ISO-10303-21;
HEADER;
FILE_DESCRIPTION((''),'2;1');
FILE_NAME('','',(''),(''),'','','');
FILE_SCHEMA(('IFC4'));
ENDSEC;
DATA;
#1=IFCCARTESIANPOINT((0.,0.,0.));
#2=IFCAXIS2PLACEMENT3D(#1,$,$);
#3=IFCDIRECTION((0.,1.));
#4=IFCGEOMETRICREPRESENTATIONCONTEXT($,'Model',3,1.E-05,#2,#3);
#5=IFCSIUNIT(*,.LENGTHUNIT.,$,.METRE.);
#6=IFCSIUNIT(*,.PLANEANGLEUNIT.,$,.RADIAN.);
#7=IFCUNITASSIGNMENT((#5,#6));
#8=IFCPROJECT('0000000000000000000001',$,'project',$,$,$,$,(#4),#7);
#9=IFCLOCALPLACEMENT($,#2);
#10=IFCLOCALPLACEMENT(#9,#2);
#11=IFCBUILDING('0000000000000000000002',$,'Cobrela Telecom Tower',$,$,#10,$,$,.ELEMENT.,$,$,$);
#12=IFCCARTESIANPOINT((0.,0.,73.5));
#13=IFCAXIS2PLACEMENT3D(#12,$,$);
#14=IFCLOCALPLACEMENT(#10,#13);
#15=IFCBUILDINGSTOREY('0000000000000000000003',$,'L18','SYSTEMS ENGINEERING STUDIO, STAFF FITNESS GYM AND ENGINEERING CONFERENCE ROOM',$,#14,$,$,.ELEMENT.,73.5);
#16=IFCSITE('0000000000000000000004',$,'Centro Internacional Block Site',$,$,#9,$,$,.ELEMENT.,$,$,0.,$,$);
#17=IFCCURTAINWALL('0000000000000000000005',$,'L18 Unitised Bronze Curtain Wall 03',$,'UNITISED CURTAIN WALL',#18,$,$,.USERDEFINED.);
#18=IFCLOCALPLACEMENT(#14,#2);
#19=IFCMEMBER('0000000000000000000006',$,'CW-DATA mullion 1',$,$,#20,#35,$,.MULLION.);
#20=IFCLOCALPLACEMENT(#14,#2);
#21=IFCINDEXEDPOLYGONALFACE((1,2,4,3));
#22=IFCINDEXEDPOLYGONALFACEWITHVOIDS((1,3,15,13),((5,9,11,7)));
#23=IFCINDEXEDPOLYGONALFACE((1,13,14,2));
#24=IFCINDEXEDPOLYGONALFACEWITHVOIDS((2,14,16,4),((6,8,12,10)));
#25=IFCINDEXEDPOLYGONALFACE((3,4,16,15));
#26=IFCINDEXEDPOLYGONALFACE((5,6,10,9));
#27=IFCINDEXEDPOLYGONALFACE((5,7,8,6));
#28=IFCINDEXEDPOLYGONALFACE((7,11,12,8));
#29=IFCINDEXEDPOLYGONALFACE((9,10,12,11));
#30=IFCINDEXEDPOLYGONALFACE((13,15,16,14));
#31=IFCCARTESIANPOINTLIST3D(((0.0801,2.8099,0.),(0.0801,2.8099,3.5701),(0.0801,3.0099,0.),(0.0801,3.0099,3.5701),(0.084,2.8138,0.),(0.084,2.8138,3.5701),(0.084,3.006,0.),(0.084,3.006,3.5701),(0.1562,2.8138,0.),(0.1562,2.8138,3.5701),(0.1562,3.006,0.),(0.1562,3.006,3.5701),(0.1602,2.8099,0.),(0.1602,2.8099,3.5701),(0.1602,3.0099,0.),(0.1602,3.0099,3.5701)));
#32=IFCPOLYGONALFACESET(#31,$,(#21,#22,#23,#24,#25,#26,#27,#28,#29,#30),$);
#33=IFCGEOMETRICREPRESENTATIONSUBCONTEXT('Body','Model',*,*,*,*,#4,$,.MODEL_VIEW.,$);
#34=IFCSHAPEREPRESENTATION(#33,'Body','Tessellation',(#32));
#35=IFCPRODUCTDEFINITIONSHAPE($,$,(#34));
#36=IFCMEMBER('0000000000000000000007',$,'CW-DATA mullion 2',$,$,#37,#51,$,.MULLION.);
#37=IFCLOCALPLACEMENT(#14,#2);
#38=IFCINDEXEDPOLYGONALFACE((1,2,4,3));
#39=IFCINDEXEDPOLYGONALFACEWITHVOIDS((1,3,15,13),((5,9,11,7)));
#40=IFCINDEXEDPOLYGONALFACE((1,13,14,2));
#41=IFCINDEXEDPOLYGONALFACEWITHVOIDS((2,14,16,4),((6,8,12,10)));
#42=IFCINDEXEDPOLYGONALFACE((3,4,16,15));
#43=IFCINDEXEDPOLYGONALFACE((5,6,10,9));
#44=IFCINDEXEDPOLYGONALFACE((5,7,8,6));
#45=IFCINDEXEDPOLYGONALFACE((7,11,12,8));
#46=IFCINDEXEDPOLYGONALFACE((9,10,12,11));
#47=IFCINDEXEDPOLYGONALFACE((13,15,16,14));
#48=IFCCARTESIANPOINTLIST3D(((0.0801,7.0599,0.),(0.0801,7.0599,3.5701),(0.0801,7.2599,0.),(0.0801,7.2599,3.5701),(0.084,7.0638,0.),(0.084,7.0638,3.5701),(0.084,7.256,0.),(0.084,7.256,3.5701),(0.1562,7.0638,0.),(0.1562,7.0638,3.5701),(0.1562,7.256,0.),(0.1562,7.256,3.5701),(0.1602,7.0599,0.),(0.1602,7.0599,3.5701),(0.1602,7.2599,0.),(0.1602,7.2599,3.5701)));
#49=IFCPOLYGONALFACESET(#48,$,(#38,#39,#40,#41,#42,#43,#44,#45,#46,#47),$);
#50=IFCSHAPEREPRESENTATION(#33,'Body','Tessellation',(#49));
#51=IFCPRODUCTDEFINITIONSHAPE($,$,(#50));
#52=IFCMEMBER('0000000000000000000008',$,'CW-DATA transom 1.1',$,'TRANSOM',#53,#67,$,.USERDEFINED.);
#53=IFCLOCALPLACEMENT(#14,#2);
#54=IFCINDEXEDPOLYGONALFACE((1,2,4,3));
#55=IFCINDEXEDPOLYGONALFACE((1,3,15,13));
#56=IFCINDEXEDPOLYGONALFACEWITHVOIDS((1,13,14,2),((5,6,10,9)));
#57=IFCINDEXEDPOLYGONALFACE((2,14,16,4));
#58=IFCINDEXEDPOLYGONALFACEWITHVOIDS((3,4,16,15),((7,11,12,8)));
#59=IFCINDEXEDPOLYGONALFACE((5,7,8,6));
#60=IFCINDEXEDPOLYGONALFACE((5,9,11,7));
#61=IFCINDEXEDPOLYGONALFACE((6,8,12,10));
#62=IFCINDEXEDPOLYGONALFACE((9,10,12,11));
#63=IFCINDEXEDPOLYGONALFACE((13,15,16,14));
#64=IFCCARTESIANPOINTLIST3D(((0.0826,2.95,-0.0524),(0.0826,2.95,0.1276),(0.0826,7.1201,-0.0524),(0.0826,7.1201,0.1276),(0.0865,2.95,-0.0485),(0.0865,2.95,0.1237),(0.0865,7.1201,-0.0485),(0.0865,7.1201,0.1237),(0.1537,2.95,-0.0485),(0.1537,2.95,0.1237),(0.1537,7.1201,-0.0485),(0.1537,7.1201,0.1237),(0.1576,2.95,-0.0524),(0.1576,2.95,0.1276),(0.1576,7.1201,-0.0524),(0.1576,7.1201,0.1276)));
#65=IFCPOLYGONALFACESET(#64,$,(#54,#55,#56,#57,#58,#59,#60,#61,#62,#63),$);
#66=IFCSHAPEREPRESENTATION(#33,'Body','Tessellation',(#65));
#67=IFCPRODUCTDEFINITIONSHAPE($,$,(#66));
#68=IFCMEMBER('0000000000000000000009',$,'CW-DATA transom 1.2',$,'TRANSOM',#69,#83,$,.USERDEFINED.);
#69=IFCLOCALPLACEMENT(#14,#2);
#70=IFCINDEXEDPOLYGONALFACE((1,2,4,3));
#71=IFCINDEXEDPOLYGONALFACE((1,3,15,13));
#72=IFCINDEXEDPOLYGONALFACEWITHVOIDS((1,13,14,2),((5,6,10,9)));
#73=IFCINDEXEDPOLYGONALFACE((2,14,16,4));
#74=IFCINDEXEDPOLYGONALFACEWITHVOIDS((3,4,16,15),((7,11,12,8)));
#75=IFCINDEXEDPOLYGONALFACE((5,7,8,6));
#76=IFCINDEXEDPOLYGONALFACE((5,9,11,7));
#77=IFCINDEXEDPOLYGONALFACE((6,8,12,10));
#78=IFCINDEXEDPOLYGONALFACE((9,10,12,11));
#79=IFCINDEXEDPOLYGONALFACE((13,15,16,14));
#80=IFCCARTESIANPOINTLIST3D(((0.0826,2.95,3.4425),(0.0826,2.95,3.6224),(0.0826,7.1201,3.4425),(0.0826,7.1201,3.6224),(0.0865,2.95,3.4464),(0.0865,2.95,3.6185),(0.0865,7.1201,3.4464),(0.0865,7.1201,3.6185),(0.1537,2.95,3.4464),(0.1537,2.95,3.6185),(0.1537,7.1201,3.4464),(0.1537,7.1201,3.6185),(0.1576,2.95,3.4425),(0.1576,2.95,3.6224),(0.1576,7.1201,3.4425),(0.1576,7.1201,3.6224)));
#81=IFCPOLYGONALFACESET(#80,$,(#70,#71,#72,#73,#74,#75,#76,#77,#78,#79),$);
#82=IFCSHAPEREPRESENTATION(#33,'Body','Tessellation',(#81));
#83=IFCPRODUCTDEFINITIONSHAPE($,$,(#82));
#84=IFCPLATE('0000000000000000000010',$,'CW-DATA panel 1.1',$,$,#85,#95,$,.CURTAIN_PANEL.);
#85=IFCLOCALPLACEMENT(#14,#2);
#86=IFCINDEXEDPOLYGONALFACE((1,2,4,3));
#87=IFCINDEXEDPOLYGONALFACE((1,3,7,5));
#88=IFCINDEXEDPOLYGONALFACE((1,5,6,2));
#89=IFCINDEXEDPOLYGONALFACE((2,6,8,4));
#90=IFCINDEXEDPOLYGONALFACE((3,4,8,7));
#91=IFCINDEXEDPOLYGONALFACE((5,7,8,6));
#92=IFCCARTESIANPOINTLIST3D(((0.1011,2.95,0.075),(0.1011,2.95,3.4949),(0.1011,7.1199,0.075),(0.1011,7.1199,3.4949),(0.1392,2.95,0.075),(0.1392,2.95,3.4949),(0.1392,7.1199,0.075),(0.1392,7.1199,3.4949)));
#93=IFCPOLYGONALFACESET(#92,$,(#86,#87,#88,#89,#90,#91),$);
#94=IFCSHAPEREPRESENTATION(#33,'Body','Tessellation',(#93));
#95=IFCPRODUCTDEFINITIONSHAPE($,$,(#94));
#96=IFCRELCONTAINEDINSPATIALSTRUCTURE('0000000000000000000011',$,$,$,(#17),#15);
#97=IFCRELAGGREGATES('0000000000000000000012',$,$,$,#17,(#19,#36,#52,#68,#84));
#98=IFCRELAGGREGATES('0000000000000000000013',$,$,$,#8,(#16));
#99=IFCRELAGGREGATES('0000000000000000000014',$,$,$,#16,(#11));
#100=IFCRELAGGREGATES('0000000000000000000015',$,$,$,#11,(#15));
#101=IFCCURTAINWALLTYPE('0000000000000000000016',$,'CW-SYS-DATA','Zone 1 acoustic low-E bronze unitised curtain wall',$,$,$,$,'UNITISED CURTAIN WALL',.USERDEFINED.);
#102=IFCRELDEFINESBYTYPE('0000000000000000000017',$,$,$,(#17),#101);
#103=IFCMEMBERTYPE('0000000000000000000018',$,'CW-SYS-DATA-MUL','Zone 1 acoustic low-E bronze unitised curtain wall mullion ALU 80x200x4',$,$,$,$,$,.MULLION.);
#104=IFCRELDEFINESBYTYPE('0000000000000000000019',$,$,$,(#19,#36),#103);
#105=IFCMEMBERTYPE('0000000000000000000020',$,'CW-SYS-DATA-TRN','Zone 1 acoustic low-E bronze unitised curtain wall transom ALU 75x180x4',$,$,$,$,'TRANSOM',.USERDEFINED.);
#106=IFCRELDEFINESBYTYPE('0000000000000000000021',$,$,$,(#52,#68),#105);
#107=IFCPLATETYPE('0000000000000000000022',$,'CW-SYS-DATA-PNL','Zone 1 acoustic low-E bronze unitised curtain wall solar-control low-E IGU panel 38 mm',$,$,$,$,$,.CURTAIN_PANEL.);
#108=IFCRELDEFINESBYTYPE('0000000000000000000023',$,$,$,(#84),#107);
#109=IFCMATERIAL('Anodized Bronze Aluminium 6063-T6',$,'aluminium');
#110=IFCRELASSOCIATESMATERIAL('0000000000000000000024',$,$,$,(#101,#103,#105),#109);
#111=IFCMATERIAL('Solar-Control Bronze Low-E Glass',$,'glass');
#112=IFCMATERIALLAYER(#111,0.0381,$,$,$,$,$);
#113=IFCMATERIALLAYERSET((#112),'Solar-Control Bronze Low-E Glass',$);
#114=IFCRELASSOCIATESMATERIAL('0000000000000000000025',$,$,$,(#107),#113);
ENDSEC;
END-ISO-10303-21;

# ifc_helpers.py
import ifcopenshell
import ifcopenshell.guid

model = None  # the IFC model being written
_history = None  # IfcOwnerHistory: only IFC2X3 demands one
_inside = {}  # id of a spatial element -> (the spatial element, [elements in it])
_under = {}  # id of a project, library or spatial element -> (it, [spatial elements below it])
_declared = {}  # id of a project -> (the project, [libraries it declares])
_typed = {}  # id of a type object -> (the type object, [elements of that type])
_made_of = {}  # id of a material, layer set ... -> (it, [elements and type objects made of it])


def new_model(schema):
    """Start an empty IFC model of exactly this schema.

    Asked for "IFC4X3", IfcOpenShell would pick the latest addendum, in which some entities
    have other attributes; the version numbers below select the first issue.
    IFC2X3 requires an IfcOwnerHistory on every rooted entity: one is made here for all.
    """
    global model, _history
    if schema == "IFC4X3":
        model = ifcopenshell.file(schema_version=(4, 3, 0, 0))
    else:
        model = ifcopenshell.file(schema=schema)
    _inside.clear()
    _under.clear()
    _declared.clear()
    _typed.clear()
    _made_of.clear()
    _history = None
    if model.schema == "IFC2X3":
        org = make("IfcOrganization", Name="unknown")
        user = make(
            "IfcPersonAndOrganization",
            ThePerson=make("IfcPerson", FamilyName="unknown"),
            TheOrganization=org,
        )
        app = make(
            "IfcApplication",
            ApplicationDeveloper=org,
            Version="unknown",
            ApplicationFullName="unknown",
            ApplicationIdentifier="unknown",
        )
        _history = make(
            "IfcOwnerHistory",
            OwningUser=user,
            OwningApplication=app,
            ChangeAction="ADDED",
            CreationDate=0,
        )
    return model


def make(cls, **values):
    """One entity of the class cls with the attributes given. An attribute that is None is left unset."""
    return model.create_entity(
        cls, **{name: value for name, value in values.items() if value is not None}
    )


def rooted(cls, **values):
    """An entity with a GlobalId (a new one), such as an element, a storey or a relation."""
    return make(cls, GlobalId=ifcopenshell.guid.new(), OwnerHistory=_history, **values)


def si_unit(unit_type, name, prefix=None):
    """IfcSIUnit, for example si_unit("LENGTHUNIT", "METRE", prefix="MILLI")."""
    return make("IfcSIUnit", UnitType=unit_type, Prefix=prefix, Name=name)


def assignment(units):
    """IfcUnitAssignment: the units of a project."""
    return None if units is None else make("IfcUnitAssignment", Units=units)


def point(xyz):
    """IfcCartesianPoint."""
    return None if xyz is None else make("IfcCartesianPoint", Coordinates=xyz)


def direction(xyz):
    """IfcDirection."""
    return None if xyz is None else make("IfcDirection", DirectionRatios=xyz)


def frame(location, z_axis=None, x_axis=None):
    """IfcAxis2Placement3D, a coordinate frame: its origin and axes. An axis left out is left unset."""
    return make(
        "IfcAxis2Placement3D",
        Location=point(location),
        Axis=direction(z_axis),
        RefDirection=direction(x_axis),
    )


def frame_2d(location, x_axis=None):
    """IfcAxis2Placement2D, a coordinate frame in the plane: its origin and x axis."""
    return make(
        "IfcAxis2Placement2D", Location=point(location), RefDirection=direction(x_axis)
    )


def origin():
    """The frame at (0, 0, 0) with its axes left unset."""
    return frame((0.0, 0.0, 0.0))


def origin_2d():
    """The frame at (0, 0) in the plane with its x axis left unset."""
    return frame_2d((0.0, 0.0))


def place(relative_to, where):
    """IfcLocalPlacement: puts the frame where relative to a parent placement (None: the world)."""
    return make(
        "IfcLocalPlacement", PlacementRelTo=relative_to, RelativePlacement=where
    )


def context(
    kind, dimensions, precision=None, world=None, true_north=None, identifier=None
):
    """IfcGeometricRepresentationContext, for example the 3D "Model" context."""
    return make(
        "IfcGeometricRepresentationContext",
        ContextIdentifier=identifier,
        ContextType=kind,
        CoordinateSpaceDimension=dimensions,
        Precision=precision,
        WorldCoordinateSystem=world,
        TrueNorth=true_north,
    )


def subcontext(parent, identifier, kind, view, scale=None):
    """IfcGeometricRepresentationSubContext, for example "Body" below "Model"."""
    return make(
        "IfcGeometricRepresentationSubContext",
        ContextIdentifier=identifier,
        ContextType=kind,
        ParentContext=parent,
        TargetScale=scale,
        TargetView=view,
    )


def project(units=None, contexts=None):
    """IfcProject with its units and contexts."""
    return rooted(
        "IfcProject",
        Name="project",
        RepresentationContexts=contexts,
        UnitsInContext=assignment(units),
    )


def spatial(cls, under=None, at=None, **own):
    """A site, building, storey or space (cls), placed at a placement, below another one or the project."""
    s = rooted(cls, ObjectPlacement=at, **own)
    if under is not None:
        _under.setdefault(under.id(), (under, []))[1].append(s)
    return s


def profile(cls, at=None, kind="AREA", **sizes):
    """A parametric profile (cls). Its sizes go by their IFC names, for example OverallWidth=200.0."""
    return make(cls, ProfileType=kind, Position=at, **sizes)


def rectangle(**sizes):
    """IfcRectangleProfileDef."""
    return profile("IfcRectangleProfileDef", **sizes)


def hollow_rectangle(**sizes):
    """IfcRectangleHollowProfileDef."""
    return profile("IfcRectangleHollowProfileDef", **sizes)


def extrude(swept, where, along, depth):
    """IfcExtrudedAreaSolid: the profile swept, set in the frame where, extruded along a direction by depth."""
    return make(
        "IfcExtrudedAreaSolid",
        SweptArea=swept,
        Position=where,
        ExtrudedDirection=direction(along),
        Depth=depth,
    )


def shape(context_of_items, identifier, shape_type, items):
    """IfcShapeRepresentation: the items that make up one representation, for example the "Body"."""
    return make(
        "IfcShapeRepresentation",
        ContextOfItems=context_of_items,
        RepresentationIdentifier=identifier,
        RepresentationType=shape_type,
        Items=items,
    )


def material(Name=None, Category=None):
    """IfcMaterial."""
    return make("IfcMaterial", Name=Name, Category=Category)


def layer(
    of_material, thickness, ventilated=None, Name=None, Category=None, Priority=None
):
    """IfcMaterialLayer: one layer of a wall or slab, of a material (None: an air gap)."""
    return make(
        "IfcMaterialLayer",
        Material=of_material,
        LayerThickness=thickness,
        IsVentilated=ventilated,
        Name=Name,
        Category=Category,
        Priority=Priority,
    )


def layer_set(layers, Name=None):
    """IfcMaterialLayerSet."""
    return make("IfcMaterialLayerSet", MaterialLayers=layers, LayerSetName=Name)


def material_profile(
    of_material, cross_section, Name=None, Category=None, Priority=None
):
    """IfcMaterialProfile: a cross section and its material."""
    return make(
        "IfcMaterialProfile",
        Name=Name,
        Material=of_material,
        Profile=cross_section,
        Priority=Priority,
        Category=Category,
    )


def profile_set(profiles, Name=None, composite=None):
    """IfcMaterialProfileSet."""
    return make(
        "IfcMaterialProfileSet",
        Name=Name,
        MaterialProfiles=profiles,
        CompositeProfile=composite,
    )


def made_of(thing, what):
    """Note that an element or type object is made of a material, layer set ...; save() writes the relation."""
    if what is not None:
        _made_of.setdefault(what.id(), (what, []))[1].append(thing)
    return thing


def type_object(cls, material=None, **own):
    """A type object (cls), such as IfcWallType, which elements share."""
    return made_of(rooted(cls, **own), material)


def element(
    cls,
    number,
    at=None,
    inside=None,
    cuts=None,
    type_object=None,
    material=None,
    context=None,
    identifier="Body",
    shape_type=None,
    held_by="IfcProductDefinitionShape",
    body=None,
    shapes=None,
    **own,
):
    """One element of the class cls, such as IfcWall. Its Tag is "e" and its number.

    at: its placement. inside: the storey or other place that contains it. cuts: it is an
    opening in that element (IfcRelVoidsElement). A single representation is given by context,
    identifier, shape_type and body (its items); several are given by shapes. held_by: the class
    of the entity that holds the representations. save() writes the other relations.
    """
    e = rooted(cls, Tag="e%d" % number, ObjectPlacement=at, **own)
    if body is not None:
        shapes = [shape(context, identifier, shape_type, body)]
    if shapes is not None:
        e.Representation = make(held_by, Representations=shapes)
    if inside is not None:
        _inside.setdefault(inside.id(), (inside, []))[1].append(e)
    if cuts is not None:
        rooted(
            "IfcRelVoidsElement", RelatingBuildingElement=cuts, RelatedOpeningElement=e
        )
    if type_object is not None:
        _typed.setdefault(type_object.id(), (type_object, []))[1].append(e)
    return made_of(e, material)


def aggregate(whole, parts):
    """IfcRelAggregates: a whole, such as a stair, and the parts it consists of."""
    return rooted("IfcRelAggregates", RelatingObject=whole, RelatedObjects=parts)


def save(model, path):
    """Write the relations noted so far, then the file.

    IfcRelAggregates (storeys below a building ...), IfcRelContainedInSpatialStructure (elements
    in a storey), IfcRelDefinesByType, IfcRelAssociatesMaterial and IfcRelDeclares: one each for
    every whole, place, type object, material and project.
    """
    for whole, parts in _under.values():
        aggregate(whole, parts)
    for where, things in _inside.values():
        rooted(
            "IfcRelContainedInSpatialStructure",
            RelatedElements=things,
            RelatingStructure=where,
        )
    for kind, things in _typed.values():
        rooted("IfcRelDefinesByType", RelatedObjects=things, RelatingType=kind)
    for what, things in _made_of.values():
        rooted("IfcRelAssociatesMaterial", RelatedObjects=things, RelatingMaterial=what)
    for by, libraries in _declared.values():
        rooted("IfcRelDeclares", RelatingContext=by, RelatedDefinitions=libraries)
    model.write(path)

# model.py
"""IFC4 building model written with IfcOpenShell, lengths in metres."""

from ifc_helpers import new_model, si_unit, direction, frame, origin, origin_2d, place, context, subcontext, project, spatial, rectangle, hollow_rectangle, extrude, material, layer, layer_set, material_profile, profile_set, type_object, element, aggregate, save


model = new_model("IFC4")

# Units and contexts
model_context = context("Model", 3, precision=1e-05, world=origin(), true_north=direction((0.0, 1.0)))
body_context = subcontext(model_context, "Body", "Model", "MODEL_VIEW")
ifc_project = project(units=[si_unit("LENGTHUNIT", "METRE"), si_unit("PLANEANGLEUNIT", "RADIAN")], contexts=[model_context])

# Site, building, storey
site_placement = place(None, origin())
site = spatial("IfcSite", under=ifc_project, at=site_placement, Name="Centro Internacional Block Site", CompositionType="ELEMENT", RefElevation=0.0)
building_placement = place(site_placement, origin())
building = spatial("IfcBuilding", under=site, at=building_placement, Name="Cobrela Telecom Tower", CompositionType="ELEMENT")
storey_placement = place(building_placement, frame((0.0, 0.0, 73.5)))
storey = spatial("IfcBuildingStorey", under=building, at=storey_placement, Name="L18", Description="SYSTEMS ENGINEERING STUDIO, STAFF FITNESS GYM AND ENGINEERING CONFERENCE ROOM", CompositionType="ELEMENT", Elevation=73.5)

# Curtain wall, members, plate
ifc_material_1 = material(Name="Anodized Bronze Aluminium 6063-T6", Category="aluminium")
curtain_wall_type = type_object("IfcCurtainWallType", Name="CW-SYS-DATA", Description="Zone 1 acoustic low-E bronze unitised curtain wall", ElementType="UNITISED CURTAIN WALL", PredefinedType="USERDEFINED", material=ifc_material_1)
curtain_wall_placement = place(storey_placement, origin())
curtain_wall = element("IfcCurtainWall", 1, at=curtain_wall_placement, inside=storey, type_object=curtain_wall_type, Name="L18 Unitised Bronze Curtain Wall 03", ObjectType="UNITISED CURTAIN WALL", PredefinedType="USERDEFINED")
ifc_material_profile_1 = material_profile(ifc_material_1, hollow_rectangle(XDim=0.0801, YDim=0.2, WallThickness=0.0039, at=origin_2d()), Name="ALU 80x200x4")
ifc_profile_set_1 = profile_set([ifc_material_profile_1], Name="Anodized Bronze Aluminium 6063-T6")
member_type_1 = type_object("IfcMemberType", Name="CW-SYS-DATA-MUL", Description="Zone 1 acoustic low-E bronze unitised curtain wall mullion ALU 80x200x4", PredefinedType="MULLION", material=ifc_profile_set_1)
member_1_placement = place(storey_placement, frame((0.1201, 2.9099, 0.0), z_axis=(0.0, 0.0, 1.0), x_axis=(-1.0, 0.0, 0.0)))
member_1 = element("IfcMember", 2, at=member_1_placement, type_object=member_type_1, Name="CW-DATA mullion 1", PredefinedType="MULLION", context=body_context, shape_type="SweptSolid", body=[
    extrude(hollow_rectangle(XDim=0.0801, YDim=0.2, WallThickness=0.0039, at=origin_2d()), origin(), (0.0, 0.0, 1.0), 3.5701),
])
member_2_placement = place(storey_placement, frame((0.1201, 7.1599, 0.0), z_axis=(0.0, 0.0, 1.0), x_axis=(-1.0, 0.0, 0.0)))
member_2 = element("IfcMember", 3, at=member_2_placement, type_object=member_type_1, Name="CW-DATA mullion 2", PredefinedType="MULLION", context=body_context, shape_type="SweptSolid", body=[
    extrude(hollow_rectangle(XDim=0.0801, YDim=0.2, WallThickness=0.0039, at=origin_2d()), origin(), (0.0, 0.0, 1.0), 3.5701),
])
ifc_material_profile_2 = material_profile(ifc_material_1, hollow_rectangle(XDim=0.075, YDim=0.1799, WallThickness=0.0039, at=origin_2d()), Name="ALU 75x180x4")
ifc_profile_set_2 = profile_set([ifc_material_profile_2], Name="Anodized Bronze Aluminium 6063-T6")
member_type_2 = type_object("IfcMemberType", Name="CW-SYS-DATA-TRN", Description="Zone 1 acoustic low-E bronze unitised curtain wall transom ALU 75x180x4", ElementType="TRANSOM", PredefinedType="USERDEFINED", material=ifc_profile_set_2)
member_3_placement = place(storey_placement, frame((0.1201, 2.95, 0.0376), z_axis=(0.0, 1.0, 0.0), x_axis=(-1.0, 0.0, 0.0)))
member_3 = element("IfcMember", 4, at=member_3_placement, type_object=member_type_2, Name="CW-DATA transom 1.1", ObjectType="TRANSOM", PredefinedType="USERDEFINED", context=body_context, shape_type="SweptSolid", body=[
    extrude(hollow_rectangle(XDim=0.075, YDim=0.1799, WallThickness=0.0039, at=origin_2d()), origin(), (0.0, 0.0, 1.0), 4.1702),
])
member_4_placement = place(storey_placement, frame((0.1201, 2.95, 3.5325), z_axis=(0.0, 1.0, 0.0), x_axis=(-1.0, 0.0, 0.0)))
member_4 = element("IfcMember", 5, at=member_4_placement, type_object=member_type_2, Name="CW-DATA transom 1.2", ObjectType="TRANSOM", PredefinedType="USERDEFINED", context=body_context, shape_type="SweptSolid", body=[
    extrude(hollow_rectangle(XDim=0.075, YDim=0.1799, WallThickness=0.0039, at=origin_2d()), origin(), (0.0, 0.0, 1.0), 4.1702),
])
ifc_material_2 = material(Name="Solar-Control Bronze Low-E Glass", Category="glass")
ifc_layer_1 = layer(ifc_material_2, 0.0381)
ifc_layer_set_1 = layer_set([ifc_layer_1], Name="Solar-Control Bronze Low-E Glass")
plate_type = type_object("IfcPlateType", Name="CW-SYS-DATA-PNL", Description="Zone 1 acoustic low-E bronze unitised curtain wall solar-control low-E IGU panel 38 mm", PredefinedType="CURTAIN_PANEL", material=ifc_layer_set_1)
plate_placement = place(storey_placement, frame((0.1201, 5.0349, 0.075), z_axis=(0.0, 0.0, 1.0), x_axis=(0.0, 1.0, 0.0)))
plate = element("IfcPlate", 6, at=plate_placement, type_object=plate_type, Name="CW-DATA panel 1.1", PredefinedType="CURTAIN_PANEL", context=body_context, shape_type="SweptSolid", body=[
    extrude(rectangle(XDim=4.1699, YDim=0.0381, at=origin_2d()), origin(), (0.0, 0.0, 1.0), 3.4199),
])
aggregate(curtain_wall, [member_1, member_2, member_3, member_4, plate])

save(model, "model.ifc")
